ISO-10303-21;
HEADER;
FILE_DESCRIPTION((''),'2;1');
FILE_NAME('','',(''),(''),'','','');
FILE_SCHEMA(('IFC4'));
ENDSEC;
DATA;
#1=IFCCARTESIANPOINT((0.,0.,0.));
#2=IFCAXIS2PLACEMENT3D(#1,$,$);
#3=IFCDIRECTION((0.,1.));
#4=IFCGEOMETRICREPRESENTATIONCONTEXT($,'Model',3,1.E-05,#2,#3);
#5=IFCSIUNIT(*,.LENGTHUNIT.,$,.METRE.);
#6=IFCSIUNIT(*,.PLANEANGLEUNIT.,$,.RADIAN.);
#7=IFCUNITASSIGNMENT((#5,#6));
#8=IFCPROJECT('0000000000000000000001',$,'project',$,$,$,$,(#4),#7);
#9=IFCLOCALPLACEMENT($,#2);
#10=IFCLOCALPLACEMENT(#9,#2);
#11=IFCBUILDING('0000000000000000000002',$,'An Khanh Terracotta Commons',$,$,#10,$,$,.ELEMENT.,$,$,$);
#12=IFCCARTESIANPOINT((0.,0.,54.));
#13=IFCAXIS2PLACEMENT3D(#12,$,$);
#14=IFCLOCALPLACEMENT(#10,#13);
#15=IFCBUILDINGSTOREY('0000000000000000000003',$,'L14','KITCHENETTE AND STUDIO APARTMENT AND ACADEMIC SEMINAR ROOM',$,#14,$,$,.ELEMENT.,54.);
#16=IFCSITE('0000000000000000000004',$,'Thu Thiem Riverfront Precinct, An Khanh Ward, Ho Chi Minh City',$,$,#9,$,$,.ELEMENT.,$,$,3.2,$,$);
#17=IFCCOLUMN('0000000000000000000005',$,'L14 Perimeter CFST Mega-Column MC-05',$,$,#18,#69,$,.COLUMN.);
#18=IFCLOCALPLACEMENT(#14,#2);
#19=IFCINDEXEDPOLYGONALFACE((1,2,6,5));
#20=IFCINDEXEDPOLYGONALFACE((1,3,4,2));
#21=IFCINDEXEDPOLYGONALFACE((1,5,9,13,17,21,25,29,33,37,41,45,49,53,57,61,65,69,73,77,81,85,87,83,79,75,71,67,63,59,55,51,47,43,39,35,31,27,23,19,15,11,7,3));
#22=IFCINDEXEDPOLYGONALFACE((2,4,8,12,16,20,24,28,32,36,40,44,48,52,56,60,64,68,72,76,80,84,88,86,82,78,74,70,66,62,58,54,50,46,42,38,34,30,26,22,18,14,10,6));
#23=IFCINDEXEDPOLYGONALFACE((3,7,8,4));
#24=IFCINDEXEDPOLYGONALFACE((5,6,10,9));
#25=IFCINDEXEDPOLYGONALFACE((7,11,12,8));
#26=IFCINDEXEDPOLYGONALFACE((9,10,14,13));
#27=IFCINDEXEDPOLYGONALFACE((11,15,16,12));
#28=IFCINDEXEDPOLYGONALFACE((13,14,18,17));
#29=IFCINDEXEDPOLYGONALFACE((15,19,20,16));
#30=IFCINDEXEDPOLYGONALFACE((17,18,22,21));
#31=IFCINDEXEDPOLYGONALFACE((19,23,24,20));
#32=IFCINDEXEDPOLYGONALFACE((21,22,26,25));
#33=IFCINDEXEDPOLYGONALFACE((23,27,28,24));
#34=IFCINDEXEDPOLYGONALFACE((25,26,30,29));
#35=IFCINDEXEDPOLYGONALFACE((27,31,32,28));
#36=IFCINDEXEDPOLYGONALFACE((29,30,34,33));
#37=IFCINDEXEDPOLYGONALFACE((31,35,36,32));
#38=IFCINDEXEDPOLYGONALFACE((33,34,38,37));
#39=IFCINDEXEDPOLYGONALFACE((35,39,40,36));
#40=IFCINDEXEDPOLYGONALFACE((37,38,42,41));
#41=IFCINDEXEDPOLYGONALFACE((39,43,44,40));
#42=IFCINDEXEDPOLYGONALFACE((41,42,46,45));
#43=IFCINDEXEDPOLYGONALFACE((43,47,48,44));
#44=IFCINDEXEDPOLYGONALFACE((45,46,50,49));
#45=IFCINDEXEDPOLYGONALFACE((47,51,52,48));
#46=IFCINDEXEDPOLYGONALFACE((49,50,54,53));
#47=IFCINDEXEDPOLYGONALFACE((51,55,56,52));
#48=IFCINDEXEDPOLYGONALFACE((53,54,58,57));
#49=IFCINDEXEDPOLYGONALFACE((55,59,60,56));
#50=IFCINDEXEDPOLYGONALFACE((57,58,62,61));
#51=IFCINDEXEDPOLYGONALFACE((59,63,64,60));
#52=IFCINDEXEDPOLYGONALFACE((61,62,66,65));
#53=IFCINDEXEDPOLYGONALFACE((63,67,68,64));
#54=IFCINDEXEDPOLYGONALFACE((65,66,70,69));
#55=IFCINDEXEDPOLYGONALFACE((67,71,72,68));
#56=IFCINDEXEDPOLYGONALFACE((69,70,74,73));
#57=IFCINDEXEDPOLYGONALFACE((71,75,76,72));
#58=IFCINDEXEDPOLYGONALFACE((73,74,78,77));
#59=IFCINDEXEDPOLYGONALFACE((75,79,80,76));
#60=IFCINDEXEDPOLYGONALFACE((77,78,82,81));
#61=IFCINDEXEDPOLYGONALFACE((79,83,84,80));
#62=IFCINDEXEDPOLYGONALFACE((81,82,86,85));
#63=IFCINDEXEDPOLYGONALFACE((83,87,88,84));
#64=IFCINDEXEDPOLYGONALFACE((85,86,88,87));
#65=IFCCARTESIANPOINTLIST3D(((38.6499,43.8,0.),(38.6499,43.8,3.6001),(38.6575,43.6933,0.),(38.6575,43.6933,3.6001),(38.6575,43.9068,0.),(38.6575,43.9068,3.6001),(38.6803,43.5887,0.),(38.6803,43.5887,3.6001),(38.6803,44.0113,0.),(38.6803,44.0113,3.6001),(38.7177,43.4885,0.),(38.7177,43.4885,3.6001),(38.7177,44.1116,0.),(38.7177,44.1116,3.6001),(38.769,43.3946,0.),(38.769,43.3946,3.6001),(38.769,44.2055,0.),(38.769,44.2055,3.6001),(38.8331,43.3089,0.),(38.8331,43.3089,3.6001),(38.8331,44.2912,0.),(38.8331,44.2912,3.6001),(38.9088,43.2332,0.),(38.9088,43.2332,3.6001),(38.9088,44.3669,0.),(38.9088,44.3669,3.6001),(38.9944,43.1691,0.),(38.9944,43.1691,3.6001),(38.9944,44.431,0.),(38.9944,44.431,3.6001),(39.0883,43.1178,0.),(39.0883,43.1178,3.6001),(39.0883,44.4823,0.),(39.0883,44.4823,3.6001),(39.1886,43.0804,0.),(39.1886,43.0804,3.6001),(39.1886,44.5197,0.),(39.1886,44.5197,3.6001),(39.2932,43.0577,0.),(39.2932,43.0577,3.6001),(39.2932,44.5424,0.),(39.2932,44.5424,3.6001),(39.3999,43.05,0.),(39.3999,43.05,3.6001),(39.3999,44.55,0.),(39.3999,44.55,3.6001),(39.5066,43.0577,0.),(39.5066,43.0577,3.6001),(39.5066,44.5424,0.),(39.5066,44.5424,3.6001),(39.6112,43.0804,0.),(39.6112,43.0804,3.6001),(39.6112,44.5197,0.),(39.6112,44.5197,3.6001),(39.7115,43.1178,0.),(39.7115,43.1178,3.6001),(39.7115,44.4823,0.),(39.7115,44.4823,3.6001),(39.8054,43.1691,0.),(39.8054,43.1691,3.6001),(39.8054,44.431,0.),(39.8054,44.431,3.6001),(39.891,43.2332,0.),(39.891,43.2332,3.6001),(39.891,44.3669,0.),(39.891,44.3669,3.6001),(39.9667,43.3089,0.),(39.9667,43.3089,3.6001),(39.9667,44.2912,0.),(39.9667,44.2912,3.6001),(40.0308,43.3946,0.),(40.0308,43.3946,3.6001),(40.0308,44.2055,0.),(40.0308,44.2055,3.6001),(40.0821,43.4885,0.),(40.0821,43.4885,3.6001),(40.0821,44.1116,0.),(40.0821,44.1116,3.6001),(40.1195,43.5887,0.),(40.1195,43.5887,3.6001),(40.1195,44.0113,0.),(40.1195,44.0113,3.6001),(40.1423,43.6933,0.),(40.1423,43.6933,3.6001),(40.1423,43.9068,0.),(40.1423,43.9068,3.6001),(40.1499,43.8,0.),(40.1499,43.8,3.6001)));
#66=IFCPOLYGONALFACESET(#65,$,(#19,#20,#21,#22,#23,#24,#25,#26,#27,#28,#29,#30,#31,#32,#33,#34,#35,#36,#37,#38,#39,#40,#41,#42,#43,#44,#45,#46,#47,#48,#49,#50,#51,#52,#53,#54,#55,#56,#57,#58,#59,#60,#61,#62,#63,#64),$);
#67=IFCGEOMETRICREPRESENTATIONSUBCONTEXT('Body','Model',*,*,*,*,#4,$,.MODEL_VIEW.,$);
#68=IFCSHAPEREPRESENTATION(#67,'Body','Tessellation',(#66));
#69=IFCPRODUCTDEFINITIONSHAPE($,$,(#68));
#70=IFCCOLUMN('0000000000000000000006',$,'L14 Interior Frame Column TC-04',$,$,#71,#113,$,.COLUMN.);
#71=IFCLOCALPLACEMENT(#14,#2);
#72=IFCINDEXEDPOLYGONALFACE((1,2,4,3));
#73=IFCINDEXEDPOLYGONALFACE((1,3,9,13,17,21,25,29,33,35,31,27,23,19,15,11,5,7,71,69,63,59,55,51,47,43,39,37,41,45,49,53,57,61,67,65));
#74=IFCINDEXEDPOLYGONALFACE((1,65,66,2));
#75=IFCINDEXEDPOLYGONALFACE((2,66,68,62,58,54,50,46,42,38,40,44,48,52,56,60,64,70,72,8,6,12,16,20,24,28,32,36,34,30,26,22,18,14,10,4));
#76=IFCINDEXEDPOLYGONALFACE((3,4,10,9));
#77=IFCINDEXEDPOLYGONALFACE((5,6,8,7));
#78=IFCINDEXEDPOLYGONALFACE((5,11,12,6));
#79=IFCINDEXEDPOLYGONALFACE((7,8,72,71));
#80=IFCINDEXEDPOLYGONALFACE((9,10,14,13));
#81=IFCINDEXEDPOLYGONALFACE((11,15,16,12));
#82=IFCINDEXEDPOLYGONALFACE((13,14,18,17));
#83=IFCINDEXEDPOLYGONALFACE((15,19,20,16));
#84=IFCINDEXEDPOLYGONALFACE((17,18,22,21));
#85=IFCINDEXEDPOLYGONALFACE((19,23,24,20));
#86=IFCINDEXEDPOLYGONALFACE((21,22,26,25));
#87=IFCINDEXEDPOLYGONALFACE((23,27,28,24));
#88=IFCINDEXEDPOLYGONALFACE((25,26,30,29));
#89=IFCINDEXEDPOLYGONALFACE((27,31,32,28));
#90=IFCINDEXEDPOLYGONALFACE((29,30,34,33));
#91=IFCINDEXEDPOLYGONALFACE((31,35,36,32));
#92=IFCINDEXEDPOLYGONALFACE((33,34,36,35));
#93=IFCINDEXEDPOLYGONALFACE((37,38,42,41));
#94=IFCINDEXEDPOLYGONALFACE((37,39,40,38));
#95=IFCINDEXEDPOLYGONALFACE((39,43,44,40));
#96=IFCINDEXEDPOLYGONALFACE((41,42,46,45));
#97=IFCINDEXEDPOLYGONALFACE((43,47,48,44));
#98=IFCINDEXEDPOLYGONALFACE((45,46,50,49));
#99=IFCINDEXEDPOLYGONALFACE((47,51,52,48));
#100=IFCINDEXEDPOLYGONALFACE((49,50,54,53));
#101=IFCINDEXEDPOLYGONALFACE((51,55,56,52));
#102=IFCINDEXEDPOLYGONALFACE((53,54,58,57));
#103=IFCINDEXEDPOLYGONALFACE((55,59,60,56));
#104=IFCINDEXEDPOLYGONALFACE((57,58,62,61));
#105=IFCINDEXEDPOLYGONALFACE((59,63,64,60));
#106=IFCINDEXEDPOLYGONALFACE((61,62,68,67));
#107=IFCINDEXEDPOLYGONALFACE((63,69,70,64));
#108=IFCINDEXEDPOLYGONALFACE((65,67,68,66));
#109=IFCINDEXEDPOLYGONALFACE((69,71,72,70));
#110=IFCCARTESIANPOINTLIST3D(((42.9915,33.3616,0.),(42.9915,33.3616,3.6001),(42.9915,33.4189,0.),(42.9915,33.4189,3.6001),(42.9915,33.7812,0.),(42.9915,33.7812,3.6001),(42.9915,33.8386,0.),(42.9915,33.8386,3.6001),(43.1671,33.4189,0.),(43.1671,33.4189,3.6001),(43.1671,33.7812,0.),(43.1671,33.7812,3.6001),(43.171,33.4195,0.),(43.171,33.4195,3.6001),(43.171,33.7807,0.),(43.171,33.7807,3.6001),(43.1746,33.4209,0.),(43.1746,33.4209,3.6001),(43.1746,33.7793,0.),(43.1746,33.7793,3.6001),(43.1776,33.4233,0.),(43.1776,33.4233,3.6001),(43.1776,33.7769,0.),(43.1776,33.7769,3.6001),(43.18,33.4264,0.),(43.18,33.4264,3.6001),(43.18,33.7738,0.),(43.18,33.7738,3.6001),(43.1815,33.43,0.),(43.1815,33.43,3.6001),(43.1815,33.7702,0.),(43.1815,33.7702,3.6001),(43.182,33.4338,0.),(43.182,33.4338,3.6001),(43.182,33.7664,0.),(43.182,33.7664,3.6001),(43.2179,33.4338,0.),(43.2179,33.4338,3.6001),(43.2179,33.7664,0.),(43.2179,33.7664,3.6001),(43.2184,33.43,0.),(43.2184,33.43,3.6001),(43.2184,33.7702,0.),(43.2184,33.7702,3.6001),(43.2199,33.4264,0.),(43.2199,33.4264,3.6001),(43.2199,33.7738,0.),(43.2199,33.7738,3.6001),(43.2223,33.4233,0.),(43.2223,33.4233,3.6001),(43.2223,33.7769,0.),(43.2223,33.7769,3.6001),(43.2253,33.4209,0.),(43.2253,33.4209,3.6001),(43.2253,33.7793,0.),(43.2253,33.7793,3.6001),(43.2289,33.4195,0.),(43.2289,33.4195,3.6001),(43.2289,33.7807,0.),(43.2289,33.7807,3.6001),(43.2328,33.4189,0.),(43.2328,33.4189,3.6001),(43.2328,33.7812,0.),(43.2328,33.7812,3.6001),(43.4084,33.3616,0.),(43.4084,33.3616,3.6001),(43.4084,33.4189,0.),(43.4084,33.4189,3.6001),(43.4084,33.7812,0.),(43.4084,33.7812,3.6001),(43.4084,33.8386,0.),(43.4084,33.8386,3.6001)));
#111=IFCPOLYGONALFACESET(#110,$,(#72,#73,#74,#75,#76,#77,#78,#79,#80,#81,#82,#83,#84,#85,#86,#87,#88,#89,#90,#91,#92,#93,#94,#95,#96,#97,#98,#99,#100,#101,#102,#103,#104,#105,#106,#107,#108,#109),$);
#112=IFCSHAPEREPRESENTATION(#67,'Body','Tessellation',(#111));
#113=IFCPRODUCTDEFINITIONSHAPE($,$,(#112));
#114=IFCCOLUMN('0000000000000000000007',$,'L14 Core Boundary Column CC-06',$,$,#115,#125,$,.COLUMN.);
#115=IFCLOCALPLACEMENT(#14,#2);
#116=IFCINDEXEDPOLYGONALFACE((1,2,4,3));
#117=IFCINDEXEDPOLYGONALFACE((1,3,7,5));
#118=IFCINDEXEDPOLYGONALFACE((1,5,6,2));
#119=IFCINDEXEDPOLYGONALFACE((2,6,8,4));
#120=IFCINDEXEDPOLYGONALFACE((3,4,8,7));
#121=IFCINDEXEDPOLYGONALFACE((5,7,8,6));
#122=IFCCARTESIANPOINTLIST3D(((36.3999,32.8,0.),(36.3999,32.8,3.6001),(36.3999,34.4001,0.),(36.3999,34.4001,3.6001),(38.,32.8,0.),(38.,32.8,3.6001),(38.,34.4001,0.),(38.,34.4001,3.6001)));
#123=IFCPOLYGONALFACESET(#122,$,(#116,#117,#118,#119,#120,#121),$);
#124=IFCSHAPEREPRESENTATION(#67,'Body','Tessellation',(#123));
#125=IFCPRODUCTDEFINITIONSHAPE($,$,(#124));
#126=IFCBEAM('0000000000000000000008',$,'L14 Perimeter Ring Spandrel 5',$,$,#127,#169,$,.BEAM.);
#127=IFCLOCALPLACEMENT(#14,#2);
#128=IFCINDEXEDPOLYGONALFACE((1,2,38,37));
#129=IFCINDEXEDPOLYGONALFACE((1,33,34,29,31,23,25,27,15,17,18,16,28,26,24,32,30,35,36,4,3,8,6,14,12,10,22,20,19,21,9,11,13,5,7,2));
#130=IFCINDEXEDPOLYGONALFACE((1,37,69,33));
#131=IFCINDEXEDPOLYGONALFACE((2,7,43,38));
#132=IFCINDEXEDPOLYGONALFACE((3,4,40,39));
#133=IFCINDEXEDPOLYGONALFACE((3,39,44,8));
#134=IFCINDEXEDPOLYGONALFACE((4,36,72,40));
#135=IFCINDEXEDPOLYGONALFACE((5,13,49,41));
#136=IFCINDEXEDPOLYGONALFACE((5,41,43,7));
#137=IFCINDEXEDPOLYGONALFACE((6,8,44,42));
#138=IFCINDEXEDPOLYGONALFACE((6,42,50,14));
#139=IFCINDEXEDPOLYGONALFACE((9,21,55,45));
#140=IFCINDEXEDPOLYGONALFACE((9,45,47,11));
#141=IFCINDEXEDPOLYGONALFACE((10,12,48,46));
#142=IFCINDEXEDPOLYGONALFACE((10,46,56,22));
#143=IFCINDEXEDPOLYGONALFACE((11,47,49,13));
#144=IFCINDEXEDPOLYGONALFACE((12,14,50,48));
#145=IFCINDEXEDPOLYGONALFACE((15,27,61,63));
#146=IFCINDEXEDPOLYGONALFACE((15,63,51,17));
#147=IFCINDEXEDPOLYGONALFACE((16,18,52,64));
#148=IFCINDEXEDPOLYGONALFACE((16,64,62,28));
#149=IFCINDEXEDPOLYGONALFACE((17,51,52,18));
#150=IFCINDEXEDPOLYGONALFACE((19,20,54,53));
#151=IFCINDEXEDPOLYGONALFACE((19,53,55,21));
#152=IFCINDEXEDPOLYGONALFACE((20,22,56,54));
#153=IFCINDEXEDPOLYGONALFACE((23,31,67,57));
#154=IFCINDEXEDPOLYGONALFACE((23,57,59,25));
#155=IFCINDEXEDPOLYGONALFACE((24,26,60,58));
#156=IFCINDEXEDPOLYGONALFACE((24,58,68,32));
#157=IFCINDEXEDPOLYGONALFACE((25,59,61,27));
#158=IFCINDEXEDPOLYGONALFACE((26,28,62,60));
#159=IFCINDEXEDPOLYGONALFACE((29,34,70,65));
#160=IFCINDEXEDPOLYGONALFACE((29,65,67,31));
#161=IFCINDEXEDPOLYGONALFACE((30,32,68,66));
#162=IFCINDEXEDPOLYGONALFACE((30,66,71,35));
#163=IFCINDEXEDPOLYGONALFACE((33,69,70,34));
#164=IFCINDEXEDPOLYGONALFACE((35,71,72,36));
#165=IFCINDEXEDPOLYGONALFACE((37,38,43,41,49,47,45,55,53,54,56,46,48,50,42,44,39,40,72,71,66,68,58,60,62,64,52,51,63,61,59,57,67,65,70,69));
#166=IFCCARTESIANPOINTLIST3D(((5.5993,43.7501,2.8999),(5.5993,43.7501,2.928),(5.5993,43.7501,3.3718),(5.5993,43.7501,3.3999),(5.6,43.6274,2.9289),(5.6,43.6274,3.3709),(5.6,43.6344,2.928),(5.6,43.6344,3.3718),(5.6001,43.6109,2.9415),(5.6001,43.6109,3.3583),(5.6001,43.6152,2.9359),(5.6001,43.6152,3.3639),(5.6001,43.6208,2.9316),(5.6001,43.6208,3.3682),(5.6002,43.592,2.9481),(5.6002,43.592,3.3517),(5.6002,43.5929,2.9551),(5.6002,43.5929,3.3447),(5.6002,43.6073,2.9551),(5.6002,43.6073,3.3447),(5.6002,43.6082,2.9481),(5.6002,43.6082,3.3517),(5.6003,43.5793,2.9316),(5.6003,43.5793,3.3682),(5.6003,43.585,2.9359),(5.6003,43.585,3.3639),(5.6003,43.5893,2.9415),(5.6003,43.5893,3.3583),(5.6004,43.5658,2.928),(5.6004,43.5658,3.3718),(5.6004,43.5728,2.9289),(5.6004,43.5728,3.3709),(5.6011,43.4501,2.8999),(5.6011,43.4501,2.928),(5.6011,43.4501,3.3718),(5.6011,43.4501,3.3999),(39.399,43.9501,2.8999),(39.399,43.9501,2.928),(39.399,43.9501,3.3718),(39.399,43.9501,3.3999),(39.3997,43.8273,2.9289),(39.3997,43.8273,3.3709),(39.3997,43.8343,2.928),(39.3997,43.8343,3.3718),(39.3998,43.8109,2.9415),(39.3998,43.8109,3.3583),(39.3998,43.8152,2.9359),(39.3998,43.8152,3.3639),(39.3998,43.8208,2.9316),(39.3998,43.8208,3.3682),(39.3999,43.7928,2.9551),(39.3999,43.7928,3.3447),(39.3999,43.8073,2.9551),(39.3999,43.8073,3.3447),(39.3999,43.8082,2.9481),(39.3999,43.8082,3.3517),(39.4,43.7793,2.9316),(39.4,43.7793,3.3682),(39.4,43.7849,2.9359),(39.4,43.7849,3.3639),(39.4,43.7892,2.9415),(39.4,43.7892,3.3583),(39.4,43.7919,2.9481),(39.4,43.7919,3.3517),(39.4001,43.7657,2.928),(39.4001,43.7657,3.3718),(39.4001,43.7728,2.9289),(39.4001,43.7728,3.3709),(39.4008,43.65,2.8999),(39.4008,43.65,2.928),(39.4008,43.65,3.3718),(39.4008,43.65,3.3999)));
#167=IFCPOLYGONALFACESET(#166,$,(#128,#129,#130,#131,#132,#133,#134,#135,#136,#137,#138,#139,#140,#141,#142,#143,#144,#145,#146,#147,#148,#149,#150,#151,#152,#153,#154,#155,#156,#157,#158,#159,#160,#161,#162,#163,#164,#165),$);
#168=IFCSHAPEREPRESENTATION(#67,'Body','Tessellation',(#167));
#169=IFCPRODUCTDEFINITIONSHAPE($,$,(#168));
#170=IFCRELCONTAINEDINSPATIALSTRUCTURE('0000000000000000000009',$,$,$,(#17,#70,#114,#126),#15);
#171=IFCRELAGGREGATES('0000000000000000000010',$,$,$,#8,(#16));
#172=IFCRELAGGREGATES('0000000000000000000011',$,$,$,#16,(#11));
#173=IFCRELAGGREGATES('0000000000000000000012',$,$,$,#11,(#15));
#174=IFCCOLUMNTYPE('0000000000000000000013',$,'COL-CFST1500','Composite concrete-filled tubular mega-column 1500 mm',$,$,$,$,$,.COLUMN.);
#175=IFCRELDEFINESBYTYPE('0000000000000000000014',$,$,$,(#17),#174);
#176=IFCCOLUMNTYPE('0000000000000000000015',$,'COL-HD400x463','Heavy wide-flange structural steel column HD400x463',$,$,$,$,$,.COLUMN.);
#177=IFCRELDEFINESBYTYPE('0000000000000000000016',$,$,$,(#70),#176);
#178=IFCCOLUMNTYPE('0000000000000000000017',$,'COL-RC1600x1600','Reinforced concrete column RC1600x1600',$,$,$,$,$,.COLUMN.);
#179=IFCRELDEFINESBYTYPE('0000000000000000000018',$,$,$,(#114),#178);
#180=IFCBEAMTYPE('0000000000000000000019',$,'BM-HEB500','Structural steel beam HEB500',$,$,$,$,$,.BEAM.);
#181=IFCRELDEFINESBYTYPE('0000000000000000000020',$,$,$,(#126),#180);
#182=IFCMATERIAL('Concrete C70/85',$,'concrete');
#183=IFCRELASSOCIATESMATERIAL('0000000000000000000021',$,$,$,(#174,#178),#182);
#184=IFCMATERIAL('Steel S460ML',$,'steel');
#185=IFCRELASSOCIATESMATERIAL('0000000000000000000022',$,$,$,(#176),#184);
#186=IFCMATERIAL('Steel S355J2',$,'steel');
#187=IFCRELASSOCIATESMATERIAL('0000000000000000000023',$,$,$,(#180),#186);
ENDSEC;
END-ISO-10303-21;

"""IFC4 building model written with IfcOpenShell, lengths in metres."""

from ifc_helpers import new_model, si_unit, direction, frame, origin, origin_2d, place, context, subcontext, project, spatial, rectangle, circle, i_section, extrude, material, material_profile, profile_set, type_object, element, save


model = new_model("IFC4")

# Units and contexts
model_context = context("Model", 3, precision=1e-05, world=origin(), true_north=direction((0.0, 1.0)))
body_context = subcontext(model_context, "Body", "Model", "MODEL_VIEW")
ifc_project = project(units=[si_unit("LENGTHUNIT", "METRE"), si_unit("PLANEANGLEUNIT", "RADIAN")], contexts=[model_context])

# Site, building, storey
site_placement = place(None, origin())
site = spatial("IfcSite", under=ifc_project, at=site_placement, Name="Thu Thiem Riverfront Precinct, An Khanh Ward, Ho Chi Minh City", CompositionType="ELEMENT", RefElevation=3.2)
building_placement = place(site_placement, origin())
building = spatial("IfcBuilding", under=site, at=building_placement, Name="An Khanh Terracotta Commons", CompositionType="ELEMENT")
storey_placement = place(building_placement, frame((0.0, 0.0, 54.0)))
storey = spatial("IfcBuildingStorey", under=building, at=storey_placement, Name="L14", Description="KITCHENETTE AND STUDIO APARTMENT AND ACADEMIC SEMINAR ROOM", CompositionType="ELEMENT", Elevation=54.0)

# Columns
ifc_material_1 = material(Name="Concrete C70/85", Category="concrete")
ifc_material_profile_1 = material_profile(ifc_material_1, circle(Radius=0.75, at=origin_2d()), Name="CFST1500")
ifc_profile_set_1 = profile_set([ifc_material_profile_1], Name="Concrete C70/85")
column_type_1 = type_object("IfcColumnType", Name="COL-CFST1500", Description="Composite concrete-filled tubular mega-column 1500 mm", PredefinedType="COLUMN", material=ifc_profile_set_1)
column_1_placement = place(storey_placement, frame((39.3999, 43.8, 0.0), z_axis=(0.0, 0.0, 1.0), x_axis=(1.0, 0.0, 0.0)))
element("IfcColumn", 1, at=column_1_placement, inside=storey, type_object=column_type_1, Name="L14 Perimeter CFST Mega-Column MC-05", PredefinedType="COLUMN", context=body_context, shape_type="SweptSolid", body=[
    extrude(circle(Radius=0.75, at=origin_2d()), origin(), (0.0, 0.0, 1.0), 3.6001),
])
ifc_material_2 = material(Name="Steel S460ML", Category="steel")
ifc_material_profile_2 = material_profile(ifc_material_2, i_section(OverallWidth=0.417, OverallDepth=0.4771, WebThickness=0.0359, FlangeThickness=0.0574, FilletRadius=0.0149, at=origin_2d()), Name="HD400x463")
ifc_profile_set_2 = profile_set([ifc_material_profile_2], Name="Steel S460ML")
column_type_2 = type_object("IfcColumnType", Name="COL-HD400x463", Description="Heavy wide-flange structural steel column HD400x463", PredefinedType="COLUMN", material=ifc_profile_set_2)
column_2_placement = place(storey_placement, frame((43.2, 33.6001, 0.0), z_axis=(0.0, 0.0, 1.0), x_axis=(1.0, 0.0, 0.0)))
element("IfcColumn", 2, at=column_2_placement, inside=storey, type_object=column_type_2, Name="L14 Interior Frame Column TC-04", PredefinedType="COLUMN", context=body_context, shape_type="SweptSolid", body=[
    extrude(i_section(OverallWidth=0.417, OverallDepth=0.4771, WebThickness=0.0359, FlangeThickness=0.0574, FilletRadius=0.0149, at=origin_2d()), origin(), (0.0, 0.0, 1.0), 3.6001),
])
ifc_material_profile_3 = material_profile(ifc_material_1, rectangle(XDim=1.6001, YDim=1.6001, at=origin_2d()), Name="RC1600x1600")
ifc_profile_set_3 = profile_set([ifc_material_profile_3], Name="Concrete C70/85")
column_type_3 = type_object("IfcColumnType", Name="COL-RC1600x1600", Description="Reinforced concrete column RC1600x1600", PredefinedType="COLUMN", material=ifc_profile_set_3)
column_3_placement = place(storey_placement, frame((37.2, 33.6001, 0.0), z_axis=(0.0, 0.0, 1.0), x_axis=(1.0, 0.0, 0.0)))
element("IfcColumn", 3, at=column_3_placement, inside=storey, type_object=column_type_3, Name="L14 Core Boundary Column CC-06", PredefinedType="COLUMN", context=body_context, shape_type="SweptSolid", body=[
    extrude(rectangle(XDim=1.6001, YDim=1.6001, at=origin_2d()), origin(), (0.0, 0.0, 1.0), 3.6001),
])

# Beam
ifc_material_3 = material(Name="Steel S355J2", Category="steel")
ifc_material_profile_4 = material_profile(ifc_material_3, i_section(OverallWidth=0.3, OverallDepth=0.5, WebThickness=0.0144, FlangeThickness=0.0281, FilletRadius=0.0271, at=origin_2d()), Name="HEB500")
ifc_profile_set_4 = profile_set([ifc_material_profile_4], Name="Steel S355J2")
beam_type_1 = type_object("IfcBeamType", Name="BM-HEB500", Description="Structural steel beam HEB500", PredefinedType="BEAM", material=ifc_profile_set_4)
beam_1_placement = place(storey_placement, frame((39.3999, 43.8, 3.1499), z_axis=(-0.999983, -0.005916, 0.0), x_axis=(0.005916, -0.999983, 0.0)))
element("IfcBeam", 4, at=beam_1_placement, inside=storey, type_object=beam_type_1, Name="L14 Perimeter Ring Spandrel 5", PredefinedType="BEAM", context=body_context, shape_type="SweptSolid", body=[
    extrude(i_section(OverallWidth=0.3, OverallDepth=0.5, WebThickness=0.0144, FlangeThickness=0.0281, FilletRadius=0.0271, at=origin_2d()), origin(), (0.0, 0.0, 1.0), 33.8003),
])

save(model, "model.ifc")
